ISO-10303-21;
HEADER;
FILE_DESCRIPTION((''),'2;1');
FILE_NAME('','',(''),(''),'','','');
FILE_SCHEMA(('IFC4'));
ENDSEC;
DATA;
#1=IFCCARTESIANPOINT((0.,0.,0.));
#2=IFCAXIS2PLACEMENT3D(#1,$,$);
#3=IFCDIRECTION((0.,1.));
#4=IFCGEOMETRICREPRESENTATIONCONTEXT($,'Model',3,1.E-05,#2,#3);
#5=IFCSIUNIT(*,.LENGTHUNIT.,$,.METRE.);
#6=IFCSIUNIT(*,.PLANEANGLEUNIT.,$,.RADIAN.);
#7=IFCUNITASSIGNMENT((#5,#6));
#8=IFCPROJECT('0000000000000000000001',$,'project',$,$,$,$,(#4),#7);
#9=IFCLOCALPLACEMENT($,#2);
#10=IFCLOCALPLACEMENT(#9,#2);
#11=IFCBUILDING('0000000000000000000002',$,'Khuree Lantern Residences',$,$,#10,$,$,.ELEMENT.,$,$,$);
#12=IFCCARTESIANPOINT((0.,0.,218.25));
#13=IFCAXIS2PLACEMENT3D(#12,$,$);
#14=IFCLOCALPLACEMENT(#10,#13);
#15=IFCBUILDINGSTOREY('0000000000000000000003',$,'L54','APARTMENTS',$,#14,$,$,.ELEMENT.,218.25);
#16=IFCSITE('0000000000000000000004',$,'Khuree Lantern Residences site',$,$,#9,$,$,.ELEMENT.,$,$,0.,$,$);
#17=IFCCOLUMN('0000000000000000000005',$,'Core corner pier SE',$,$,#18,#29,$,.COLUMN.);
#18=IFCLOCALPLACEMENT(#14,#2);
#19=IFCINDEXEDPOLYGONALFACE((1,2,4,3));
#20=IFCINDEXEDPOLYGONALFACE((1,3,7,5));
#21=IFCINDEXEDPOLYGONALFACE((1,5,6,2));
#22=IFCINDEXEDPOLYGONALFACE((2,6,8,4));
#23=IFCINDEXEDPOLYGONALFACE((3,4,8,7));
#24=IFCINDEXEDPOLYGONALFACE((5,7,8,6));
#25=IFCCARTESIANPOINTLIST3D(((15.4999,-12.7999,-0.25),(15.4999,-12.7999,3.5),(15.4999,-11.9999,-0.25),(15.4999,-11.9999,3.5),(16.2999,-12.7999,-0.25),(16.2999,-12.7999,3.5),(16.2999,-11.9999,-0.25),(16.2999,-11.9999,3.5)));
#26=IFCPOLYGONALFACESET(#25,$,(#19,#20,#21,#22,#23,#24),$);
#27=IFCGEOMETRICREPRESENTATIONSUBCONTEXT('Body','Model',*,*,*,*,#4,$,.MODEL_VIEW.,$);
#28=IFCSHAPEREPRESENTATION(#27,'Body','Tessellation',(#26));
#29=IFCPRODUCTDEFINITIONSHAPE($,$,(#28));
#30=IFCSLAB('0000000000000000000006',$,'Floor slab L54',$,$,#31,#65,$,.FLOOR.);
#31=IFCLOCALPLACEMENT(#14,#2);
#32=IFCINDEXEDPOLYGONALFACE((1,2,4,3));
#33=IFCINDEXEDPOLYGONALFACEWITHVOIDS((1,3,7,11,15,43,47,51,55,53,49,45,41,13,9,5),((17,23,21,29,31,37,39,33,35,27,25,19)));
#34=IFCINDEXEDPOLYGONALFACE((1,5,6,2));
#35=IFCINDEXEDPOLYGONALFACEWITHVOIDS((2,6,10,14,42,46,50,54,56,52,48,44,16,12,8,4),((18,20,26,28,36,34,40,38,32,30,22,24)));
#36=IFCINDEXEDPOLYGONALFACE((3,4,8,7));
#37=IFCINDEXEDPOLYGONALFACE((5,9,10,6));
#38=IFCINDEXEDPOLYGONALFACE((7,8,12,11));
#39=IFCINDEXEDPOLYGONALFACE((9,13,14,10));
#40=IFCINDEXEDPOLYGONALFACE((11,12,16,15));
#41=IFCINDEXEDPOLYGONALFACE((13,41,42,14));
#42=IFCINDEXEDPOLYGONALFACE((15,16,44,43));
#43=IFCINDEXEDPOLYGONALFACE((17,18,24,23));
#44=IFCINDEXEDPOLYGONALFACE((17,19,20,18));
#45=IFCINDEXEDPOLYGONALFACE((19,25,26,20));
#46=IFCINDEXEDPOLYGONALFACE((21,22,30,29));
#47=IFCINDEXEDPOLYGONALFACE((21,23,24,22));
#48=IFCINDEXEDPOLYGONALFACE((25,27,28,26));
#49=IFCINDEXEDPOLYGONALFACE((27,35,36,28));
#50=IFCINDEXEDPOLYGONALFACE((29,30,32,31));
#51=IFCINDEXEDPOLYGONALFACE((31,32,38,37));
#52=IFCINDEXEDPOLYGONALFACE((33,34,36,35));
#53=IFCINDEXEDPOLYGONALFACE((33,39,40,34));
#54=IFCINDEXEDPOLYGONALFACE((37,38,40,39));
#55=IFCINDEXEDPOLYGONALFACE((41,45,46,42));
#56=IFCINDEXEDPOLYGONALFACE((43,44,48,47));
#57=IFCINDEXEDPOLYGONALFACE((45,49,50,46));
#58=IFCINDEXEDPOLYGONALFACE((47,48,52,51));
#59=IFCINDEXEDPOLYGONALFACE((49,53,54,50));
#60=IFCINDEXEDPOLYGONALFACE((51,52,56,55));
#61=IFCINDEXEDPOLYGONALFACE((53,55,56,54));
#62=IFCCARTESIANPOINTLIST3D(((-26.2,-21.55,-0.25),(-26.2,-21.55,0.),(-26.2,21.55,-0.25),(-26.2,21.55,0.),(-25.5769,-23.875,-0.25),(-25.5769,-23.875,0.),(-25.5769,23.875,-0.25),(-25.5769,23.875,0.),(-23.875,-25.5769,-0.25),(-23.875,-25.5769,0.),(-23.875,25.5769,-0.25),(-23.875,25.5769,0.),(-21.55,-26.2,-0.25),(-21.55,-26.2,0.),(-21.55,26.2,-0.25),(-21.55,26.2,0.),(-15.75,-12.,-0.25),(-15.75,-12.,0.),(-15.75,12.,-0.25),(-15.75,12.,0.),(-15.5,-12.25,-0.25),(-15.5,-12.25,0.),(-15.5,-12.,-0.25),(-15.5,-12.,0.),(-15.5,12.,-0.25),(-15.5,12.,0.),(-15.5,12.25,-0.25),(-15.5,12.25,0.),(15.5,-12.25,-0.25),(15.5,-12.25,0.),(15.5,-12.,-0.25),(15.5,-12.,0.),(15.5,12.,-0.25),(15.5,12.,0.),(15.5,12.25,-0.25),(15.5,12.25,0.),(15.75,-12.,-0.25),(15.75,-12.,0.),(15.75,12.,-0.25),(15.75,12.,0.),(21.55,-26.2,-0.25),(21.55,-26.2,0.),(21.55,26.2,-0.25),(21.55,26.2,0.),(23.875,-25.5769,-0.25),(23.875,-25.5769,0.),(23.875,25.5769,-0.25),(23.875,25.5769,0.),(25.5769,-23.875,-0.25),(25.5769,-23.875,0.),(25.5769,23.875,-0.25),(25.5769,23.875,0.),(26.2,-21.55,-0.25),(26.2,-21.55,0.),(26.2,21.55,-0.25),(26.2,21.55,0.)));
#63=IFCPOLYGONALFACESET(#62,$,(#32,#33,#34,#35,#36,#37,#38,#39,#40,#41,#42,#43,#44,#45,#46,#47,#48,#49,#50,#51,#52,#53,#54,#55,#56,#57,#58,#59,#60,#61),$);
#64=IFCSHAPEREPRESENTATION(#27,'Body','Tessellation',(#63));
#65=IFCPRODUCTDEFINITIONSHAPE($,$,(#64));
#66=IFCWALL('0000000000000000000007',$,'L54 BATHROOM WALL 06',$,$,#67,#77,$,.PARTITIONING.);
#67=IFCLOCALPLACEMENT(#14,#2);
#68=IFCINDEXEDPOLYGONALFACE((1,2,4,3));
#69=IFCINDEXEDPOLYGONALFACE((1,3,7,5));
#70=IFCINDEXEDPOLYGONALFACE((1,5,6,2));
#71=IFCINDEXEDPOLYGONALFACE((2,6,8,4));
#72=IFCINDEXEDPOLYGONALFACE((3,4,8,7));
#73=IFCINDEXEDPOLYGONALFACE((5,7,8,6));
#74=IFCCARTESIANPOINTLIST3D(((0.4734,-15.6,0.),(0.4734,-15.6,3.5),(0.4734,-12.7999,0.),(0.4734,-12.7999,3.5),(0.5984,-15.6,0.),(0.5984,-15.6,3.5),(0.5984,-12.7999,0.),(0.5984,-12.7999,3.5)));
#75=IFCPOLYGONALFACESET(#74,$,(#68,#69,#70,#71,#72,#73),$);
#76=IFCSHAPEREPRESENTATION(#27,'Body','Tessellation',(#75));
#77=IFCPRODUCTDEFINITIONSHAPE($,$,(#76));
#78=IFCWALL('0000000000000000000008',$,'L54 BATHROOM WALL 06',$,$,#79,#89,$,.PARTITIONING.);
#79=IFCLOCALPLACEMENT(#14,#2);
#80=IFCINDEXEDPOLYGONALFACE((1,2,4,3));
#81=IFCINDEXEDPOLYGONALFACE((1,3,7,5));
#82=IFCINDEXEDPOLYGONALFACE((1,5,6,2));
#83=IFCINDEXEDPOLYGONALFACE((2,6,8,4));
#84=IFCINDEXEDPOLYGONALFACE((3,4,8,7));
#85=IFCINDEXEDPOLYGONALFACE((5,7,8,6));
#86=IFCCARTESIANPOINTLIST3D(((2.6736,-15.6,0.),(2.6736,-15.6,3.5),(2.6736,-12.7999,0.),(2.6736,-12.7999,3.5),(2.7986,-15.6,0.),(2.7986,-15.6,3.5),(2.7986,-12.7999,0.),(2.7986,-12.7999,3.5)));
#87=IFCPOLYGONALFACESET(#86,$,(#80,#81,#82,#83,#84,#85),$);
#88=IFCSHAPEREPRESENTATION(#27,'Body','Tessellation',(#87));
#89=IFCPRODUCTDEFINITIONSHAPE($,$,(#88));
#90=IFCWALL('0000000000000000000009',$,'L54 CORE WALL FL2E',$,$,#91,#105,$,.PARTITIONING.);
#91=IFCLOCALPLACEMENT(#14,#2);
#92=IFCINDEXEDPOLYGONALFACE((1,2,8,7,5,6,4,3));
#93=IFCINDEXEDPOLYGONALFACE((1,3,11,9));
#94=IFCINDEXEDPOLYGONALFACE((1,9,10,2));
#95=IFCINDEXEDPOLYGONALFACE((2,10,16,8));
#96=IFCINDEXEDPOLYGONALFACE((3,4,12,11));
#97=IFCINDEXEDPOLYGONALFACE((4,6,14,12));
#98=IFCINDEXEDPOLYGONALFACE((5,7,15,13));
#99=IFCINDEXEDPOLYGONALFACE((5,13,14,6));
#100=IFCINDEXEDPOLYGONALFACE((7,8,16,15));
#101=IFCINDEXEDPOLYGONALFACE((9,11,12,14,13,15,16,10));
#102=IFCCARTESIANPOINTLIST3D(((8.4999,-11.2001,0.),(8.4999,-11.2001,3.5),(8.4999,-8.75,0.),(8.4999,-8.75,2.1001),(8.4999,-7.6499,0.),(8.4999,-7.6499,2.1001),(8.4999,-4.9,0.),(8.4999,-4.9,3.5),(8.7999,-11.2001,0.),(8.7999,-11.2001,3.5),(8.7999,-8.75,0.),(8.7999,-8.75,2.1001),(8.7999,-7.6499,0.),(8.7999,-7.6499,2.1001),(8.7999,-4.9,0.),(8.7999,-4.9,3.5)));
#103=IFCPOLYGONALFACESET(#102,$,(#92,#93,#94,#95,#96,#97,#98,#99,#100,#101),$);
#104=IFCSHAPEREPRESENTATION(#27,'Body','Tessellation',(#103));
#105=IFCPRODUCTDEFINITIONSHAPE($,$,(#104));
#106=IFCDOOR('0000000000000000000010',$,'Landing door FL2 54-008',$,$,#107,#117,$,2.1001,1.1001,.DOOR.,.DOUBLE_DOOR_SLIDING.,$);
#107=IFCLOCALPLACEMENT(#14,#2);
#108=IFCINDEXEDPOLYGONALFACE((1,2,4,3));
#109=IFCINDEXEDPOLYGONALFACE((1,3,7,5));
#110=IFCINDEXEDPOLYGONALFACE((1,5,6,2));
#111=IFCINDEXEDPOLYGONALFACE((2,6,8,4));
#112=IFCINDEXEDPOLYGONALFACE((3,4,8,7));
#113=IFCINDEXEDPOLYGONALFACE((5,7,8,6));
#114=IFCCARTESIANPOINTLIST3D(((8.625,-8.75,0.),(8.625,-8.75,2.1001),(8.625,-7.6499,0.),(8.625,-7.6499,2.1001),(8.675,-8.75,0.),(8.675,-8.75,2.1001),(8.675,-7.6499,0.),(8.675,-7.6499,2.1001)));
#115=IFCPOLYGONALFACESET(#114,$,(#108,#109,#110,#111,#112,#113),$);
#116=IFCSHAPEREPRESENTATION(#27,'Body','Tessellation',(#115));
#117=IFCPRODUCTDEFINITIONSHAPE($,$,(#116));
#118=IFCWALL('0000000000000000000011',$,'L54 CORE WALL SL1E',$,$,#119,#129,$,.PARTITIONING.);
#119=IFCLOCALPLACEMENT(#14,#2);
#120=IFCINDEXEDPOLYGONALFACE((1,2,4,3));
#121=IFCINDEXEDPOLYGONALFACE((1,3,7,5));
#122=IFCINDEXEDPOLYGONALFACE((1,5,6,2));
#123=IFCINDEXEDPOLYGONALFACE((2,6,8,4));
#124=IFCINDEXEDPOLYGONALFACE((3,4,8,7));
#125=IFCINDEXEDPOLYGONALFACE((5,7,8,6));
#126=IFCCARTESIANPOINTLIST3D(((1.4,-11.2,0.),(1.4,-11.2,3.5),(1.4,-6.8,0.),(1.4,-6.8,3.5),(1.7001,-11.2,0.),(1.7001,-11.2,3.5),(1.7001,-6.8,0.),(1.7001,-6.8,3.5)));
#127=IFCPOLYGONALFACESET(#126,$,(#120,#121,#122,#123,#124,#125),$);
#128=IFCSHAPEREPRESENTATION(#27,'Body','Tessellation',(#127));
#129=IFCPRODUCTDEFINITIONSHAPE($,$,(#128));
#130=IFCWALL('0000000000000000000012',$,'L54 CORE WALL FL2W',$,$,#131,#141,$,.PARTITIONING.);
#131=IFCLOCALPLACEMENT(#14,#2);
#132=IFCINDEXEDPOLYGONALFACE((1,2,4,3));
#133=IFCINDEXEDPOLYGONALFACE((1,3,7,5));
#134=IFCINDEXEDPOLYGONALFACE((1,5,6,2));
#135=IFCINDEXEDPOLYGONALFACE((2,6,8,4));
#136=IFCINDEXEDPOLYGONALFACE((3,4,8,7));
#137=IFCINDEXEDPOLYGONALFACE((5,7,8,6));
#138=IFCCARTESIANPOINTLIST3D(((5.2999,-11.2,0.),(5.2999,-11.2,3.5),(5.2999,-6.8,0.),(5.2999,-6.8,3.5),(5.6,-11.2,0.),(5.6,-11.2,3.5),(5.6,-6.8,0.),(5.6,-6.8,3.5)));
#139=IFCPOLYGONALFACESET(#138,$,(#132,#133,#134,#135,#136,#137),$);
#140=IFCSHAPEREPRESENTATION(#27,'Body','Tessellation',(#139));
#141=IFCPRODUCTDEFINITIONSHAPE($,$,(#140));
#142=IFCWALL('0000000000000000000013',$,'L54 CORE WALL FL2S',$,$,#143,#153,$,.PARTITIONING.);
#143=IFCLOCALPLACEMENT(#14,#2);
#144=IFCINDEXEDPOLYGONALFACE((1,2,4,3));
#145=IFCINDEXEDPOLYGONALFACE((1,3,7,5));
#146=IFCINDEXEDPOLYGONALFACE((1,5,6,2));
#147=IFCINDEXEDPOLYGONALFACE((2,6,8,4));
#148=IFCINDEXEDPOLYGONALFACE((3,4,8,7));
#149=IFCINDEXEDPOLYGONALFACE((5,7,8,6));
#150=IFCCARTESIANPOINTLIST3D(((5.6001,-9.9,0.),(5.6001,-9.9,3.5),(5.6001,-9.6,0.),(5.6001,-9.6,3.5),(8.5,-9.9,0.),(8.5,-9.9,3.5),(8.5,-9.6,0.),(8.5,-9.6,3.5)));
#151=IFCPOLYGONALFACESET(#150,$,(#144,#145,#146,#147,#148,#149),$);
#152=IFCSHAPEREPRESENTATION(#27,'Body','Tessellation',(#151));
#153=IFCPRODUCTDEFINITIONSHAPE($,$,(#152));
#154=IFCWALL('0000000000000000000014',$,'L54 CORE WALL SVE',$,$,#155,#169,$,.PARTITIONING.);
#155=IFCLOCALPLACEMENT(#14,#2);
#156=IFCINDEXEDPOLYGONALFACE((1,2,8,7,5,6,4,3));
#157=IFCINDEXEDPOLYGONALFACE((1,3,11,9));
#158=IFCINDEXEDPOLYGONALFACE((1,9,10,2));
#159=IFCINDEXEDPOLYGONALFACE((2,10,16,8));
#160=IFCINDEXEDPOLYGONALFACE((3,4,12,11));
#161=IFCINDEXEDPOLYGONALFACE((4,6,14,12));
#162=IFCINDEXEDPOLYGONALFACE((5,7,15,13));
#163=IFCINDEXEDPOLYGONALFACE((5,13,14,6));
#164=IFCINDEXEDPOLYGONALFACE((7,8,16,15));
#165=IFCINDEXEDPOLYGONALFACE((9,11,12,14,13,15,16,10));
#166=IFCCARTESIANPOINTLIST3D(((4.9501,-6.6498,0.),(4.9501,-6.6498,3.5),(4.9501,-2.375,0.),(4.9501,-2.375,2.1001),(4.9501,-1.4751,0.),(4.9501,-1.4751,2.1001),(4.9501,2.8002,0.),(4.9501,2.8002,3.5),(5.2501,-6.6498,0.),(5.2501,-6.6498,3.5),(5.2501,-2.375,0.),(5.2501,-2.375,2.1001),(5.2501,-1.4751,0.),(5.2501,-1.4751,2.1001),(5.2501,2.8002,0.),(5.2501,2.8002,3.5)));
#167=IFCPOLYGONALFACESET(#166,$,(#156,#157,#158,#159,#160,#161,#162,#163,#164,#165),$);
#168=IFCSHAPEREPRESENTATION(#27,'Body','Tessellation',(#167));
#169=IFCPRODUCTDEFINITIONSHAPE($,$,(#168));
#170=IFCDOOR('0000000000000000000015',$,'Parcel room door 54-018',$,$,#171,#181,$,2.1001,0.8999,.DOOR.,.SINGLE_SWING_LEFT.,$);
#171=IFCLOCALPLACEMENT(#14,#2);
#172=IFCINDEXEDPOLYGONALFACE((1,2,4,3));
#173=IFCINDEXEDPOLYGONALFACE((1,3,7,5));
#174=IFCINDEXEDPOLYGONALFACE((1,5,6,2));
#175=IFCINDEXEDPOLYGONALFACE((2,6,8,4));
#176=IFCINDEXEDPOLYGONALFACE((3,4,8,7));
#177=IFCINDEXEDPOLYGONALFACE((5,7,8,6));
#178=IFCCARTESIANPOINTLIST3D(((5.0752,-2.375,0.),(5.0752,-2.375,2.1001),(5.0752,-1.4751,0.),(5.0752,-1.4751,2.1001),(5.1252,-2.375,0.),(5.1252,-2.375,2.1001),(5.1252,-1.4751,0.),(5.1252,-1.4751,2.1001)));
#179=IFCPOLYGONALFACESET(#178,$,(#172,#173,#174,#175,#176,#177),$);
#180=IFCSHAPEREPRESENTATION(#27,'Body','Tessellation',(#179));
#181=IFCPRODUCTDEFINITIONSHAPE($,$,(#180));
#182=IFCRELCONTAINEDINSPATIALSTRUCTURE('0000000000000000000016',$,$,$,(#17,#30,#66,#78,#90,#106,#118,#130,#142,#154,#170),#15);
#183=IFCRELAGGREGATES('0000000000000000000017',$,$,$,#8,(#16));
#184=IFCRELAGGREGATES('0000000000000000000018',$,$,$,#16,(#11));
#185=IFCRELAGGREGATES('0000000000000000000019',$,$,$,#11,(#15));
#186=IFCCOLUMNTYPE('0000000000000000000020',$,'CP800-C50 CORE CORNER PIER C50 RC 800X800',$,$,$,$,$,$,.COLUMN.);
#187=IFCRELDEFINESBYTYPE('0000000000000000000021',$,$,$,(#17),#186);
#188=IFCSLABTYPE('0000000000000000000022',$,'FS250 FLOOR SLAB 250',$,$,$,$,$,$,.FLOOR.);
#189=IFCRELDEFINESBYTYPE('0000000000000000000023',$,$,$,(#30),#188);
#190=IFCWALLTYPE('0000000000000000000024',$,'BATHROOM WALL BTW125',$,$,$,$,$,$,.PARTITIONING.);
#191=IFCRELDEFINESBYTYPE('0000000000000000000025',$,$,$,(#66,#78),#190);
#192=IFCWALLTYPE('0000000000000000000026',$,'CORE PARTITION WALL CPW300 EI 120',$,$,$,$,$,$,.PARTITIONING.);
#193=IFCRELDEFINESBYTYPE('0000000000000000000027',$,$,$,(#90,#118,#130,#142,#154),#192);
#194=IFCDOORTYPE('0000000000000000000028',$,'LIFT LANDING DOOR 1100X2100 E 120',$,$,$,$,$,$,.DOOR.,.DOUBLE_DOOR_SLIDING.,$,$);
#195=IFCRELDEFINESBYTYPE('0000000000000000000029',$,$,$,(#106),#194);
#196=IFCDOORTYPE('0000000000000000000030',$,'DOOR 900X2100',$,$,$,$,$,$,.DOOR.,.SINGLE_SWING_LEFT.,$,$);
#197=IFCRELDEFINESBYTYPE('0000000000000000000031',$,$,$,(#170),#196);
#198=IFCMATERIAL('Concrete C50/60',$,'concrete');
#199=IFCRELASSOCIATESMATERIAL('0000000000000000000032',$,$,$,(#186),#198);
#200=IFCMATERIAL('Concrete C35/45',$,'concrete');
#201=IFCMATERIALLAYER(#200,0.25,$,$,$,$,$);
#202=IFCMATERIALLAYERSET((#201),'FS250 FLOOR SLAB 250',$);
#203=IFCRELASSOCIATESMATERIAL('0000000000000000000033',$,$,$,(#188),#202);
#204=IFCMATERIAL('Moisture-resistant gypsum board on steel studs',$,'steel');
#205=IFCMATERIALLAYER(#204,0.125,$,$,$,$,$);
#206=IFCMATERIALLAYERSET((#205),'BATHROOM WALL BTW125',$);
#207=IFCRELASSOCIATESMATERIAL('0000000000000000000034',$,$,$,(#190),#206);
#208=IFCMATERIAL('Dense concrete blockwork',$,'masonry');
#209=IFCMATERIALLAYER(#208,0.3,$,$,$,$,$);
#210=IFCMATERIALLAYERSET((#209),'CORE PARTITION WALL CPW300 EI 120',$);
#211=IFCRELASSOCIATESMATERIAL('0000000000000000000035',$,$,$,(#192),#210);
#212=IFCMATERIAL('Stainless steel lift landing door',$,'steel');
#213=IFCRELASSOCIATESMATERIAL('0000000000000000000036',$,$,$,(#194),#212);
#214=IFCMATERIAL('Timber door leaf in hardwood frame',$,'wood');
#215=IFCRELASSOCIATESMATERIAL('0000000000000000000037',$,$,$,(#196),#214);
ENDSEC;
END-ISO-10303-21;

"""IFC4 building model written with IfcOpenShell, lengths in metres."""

from ifc_helpers import new_model, si_unit, direction, frame, frame_2d, origin, origin_2d, place, context, subcontext, project, spatial, polyline, rectangle, outline, extrude, material, layer, layer_set, material_profile, profile_set, type_object, element, fill, save


model = new_model("IFC4")

# Units and contexts
model_context = context("Model", 3, precision=1e-05, world=origin(), true_north=direction((0.0, 1.0)))
body_context = subcontext(model_context, "Body", "Model", "MODEL_VIEW")
ifc_project = project(units=[si_unit("LENGTHUNIT", "METRE"), si_unit("PLANEANGLEUNIT", "RADIAN")], contexts=[model_context])

# Site, building, storey
site_placement = place(None, origin())
site = spatial("IfcSite", under=ifc_project, at=site_placement, Name="Khuree Lantern Residences site", CompositionType="ELEMENT", RefElevation=0.0)
building_placement = place(site_placement, origin())
building = spatial("IfcBuilding", under=site, at=building_placement, Name="Khuree Lantern Residences", CompositionType="ELEMENT")
storey_placement = place(building_placement, frame((0.0, 0.0, 218.25)))
storey = spatial("IfcBuildingStorey", under=building, at=storey_placement, Name="L54", Description="APARTMENTS", CompositionType="ELEMENT", Elevation=218.25)

# Column
ifc_material_1 = material(Name="Concrete C50/60", Category="concrete")
ifc_material_profile = material_profile(ifc_material_1, rectangle(XDim=0.8, YDim=0.8, at=origin_2d()), Name="RC 800X800")
ifc_profile_set = profile_set([ifc_material_profile], Name="Concrete C50/60")
column_type = type_object("IfcColumnType", Name="CP800-C50 CORE CORNER PIER C50 RC 800X800", PredefinedType="COLUMN", material=ifc_profile_set)
column_placement = place(storey_placement, frame((15.8999, -12.3999, -0.25), z_axis=(0.0, 0.0, 1.0), x_axis=(1.0, 0.0, 0.0)))
element("IfcColumn", 1, at=column_placement, inside=storey, type_object=column_type, Name="Core corner pier SE", PredefinedType="COLUMN", context=body_context, shape_type="SweptSolid", body=[
    extrude(rectangle(XDim=0.8, YDim=0.8, at=origin_2d()), origin(), (0.0, 0.0, 1.0), 3.75),
])

# Slab
ifc_material_2 = material(Name="Concrete C35/45", Category="concrete")
ifc_layer_1 = layer(ifc_material_2, 0.25)
ifc_layer_set_1 = layer_set([ifc_layer_1], Name="FS250 FLOOR SLAB 250")
slab_type = type_object("IfcSlabType", Name="FS250 FLOOR SLAB 250", PredefinedType="FLOOR", material=ifc_layer_set_1)
slab_placement = place(storey_placement, frame((0.0, 0.0, -0.25)))
element("IfcSlab", 2, at=slab_placement, inside=storey, type_object=slab_type, Name="Floor slab L54", PredefinedType="FLOOR", context=body_context, shape_type="SweptSolid", body=[
    extrude(outline(polyline([(-23.875, -25.5769), (-25.5769, -23.875), (-26.2, -21.55), (-26.2, 21.55), (-25.5769, 23.875), (-23.875, 25.5769), (-21.55, 26.2), (21.55, 26.2), (23.875, 25.5769), (25.5769, 23.875), (26.2, 21.55), (26.2, -21.55), (25.5769, -23.875), (23.875, -25.5769), (21.55, -26.2), (-21.55, -26.2), (-23.875, -25.5769)]), holes=[polyline([(15.75, 12.0), (15.5, 12.0), (15.5, 12.25), (-15.5, 12.25), (-15.5, 12.0), (-15.75, 12.0), (-15.75, -12.0), (-15.5, -12.0), (-15.5, -12.25), (15.5, -12.25), (15.5, -12.0), (15.75, -12.0), (15.75, 12.0)])]), origin(), (0.0, 0.0, 1.0), 0.25),
])

# Walls
ifc_material_3 = material(Name="Moisture-resistant gypsum board on steel studs", Category="steel")
ifc_layer_2 = layer(ifc_material_3, 0.125)
ifc_layer_set_2 = layer_set([ifc_layer_2], Name="BATHROOM WALL BTW125")
wall_type_1 = type_object("IfcWallType", Name="BATHROOM WALL BTW125", PredefinedType="PARTITIONING", material=ifc_layer_set_2)
for number, where, z_axis, x_axis, name in (
    (3, (0.5359, -12.8, 0.0), (0.0, 0.0, 1.0), (0.0, -1.0, 0.0), "L54 BATHROOM WALL 06"),
    (4, (2.7361, -12.8, 0.0), (0.0, 0.0, 1.0), (0.0, -1.0, 0.0), "L54 BATHROOM WALL 06"),
):
    element("IfcWall", number, at=place(storey_placement, frame(where, z_axis=z_axis, x_axis=x_axis)), inside=storey, type_object=wall_type_1, Name=name, PredefinedType="PARTITIONING", context=body_context, shape_type="SweptSolid", body=[
        extrude(rectangle(XDim=2.8, YDim=0.125, at=frame_2d((1.3999, 0.0))), origin(), (0.0, 0.0, 1.0), 3.5),
    ])

# Wall, opening, door
ifc_material_4 = material(Name="Dense concrete blockwork", Category="masonry")
ifc_layer_3 = layer(ifc_material_4, 0.3)
ifc_layer_set_3 = layer_set([ifc_layer_3], Name="CORE PARTITION WALL CPW300 EI 120")
wall_type_2 = type_object("IfcWallType", Name="CORE PARTITION WALL CPW300 EI 120", PredefinedType="PARTITIONING", material=ifc_layer_set_3)
wall_1_placement = place(storey_placement, frame((8.6499, -11.2, 0.0), z_axis=(0.0, 0.0, 1.0), x_axis=(0.0, 1.0, 0.0)))
wall_1 = element("IfcWall", 5, at=wall_1_placement, inside=storey, type_object=wall_type_2, Name="L54 CORE WALL FL2E", PredefinedType="PARTITIONING", context=body_context, shape_type="SweptSolid", body=[
    extrude(rectangle(XDim=6.3, YDim=0.3, at=frame_2d((3.1499, 0.0))), origin(), (0.0, 0.0, 1.0), 3.5),
])
opening_1_placement = place(wall_1_placement, frame((2.45, 0.0, 0.0)))
opening_1 = element("IfcOpeningElement", 6, at=opening_1_placement, cuts=wall_1, PredefinedType="OPENING", context=body_context, shape_type="SweptSolid", body=[
    extrude(rectangle(XDim=1.1001, YDim=2.1001, at=frame_2d((0.55, 1.05))), frame((0.0, 0.1602, 0.0), z_axis=(0.0, -1.0, 0.0), x_axis=(1.0, 0.0, 0.0)), (0.0, 0.0, 1.0), 0.3201),
])
ifc_material_5 = material(Name="Stainless steel lift landing door", Category="steel")
door_type_1 = type_object("IfcDoorType", Name="LIFT LANDING DOOR 1100X2100 E 120", OperationType="DOUBLE_DOOR_SLIDING", PredefinedType="DOOR", material=ifc_material_5)
door_1_placement = place(opening_1_placement, origin())
door_1 = element("IfcDoor", 7, at=door_1_placement, inside=storey, type_object=door_type_1, Name="Landing door FL2 54-008", OperationType="DOUBLE_DOOR_SLIDING", OverallHeight=2.1001, OverallWidth=1.1001, PredefinedType="DOOR", context=body_context, shape_type="SweptSolid", body=[
    extrude(rectangle(XDim=1.1001, YDim=2.1001, at=frame_2d((0.55, 1.05))), frame((0.0, 0.0249, 0.0), z_axis=(0.0, -1.0, 0.0), x_axis=(1.0, 0.0, 0.0)), (0.0, 0.0, 1.0), 0.05),
])
fill(opening_1, door_1)

# Walls
for number, where, z_axis, x_axis, name in (
    (8, (1.55, -11.2, 0.0), (0.0, 0.0, 1.0), (0.0, 1.0, 0.0), "L54 CORE WALL SL1E"),
    (9, (5.45, -11.2, 0.0), (0.0, 0.0, 1.0), (0.0, 1.0, 0.0), "L54 CORE WALL FL2W"),
):
    element("IfcWall", number, at=place(storey_placement, frame(where, z_axis=z_axis, x_axis=x_axis)), inside=storey, type_object=wall_type_2, Name=name, PredefinedType="PARTITIONING", context=body_context, shape_type="SweptSolid", body=[
        extrude(rectangle(XDim=4.3999, YDim=0.3, at=frame_2d((2.2, 0.0))), origin(), (0.0, 0.0, 1.0), 3.5),
    ])
wall_2_placement = place(storey_placement, frame((5.6001, -9.75, 0.0), z_axis=(0.0, 0.0, 1.0), x_axis=(1.0, 0.0, 0.0)))
element("IfcWall", 10, at=wall_2_placement, inside=storey, type_object=wall_type_2, Name="L54 CORE WALL FL2S", PredefinedType="PARTITIONING", context=body_context, shape_type="SweptSolid", body=[
    extrude(rectangle(XDim=2.8999, YDim=0.3, at=frame_2d((1.45, 0.0))), origin(), (0.0, 0.0, 1.0), 3.5),
])

# Wall, opening, door
wall_3_placement = place(storey_placement, frame((5.1001, -6.6499, 0.0), z_axis=(0.0, 0.0, 1.0), x_axis=(0.0, 1.0, 0.0)))
wall_3 = element("IfcWall", 11, at=wall_3_placement, inside=storey, type_object=wall_type_2, Name="L54 CORE WALL SVE", PredefinedType="PARTITIONING", context=body_context, shape_type="SweptSolid", body=[
    extrude(rectangle(XDim=9.45, YDim=0.3, at=frame_2d((4.7251, 0.0))), origin(), (0.0, 0.0, 1.0), 3.5),
])
opening_2_placement = place(wall_3_placement, frame((4.2749, 0.0, 0.0)))
opening_2 = element("IfcOpeningElement", 12, at=opening_2_placement, cuts=wall_3, PredefinedType="OPENING", context=body_context, shape_type="SweptSolid", body=[
    extrude(rectangle(XDim=0.8999, YDim=2.1001, at=frame_2d((0.45, 1.05))), frame((0.0, 0.1602, 0.0), z_axis=(0.0, -1.0, 0.0), x_axis=(1.0, 0.0, 0.0)), (0.0, 0.0, 1.0), 0.3201),
])
ifc_material_6 = material(Name="Timber door leaf in hardwood frame", Category="wood")
door_type_2 = type_object("IfcDoorType", Name="DOOR 900X2100", OperationType="SINGLE_SWING_LEFT", PredefinedType="DOOR", material=ifc_material_6)
door_2_placement = place(opening_2_placement, origin())
door_2 = element("IfcDoor", 13, at=door_2_placement, inside=storey, type_object=door_type_2, Name="Parcel room door 54-018", OperationType="SINGLE_SWING_LEFT", OverallHeight=2.1001, OverallWidth=0.8999, PredefinedType="DOOR", context=body_context, shape_type="SweptSolid", body=[
    extrude(rectangle(XDim=0.8999, YDim=2.1001, at=frame_2d((0.45, 1.05))), frame((0.0, 0.0249, 0.0), z_axis=(0.0, -1.0, 0.0), x_axis=(1.0, 0.0, 0.0)), (0.0, 0.0, 1.0), 0.05),
])
fill(opening_2, door_2)

save(model, "model.ifc")
